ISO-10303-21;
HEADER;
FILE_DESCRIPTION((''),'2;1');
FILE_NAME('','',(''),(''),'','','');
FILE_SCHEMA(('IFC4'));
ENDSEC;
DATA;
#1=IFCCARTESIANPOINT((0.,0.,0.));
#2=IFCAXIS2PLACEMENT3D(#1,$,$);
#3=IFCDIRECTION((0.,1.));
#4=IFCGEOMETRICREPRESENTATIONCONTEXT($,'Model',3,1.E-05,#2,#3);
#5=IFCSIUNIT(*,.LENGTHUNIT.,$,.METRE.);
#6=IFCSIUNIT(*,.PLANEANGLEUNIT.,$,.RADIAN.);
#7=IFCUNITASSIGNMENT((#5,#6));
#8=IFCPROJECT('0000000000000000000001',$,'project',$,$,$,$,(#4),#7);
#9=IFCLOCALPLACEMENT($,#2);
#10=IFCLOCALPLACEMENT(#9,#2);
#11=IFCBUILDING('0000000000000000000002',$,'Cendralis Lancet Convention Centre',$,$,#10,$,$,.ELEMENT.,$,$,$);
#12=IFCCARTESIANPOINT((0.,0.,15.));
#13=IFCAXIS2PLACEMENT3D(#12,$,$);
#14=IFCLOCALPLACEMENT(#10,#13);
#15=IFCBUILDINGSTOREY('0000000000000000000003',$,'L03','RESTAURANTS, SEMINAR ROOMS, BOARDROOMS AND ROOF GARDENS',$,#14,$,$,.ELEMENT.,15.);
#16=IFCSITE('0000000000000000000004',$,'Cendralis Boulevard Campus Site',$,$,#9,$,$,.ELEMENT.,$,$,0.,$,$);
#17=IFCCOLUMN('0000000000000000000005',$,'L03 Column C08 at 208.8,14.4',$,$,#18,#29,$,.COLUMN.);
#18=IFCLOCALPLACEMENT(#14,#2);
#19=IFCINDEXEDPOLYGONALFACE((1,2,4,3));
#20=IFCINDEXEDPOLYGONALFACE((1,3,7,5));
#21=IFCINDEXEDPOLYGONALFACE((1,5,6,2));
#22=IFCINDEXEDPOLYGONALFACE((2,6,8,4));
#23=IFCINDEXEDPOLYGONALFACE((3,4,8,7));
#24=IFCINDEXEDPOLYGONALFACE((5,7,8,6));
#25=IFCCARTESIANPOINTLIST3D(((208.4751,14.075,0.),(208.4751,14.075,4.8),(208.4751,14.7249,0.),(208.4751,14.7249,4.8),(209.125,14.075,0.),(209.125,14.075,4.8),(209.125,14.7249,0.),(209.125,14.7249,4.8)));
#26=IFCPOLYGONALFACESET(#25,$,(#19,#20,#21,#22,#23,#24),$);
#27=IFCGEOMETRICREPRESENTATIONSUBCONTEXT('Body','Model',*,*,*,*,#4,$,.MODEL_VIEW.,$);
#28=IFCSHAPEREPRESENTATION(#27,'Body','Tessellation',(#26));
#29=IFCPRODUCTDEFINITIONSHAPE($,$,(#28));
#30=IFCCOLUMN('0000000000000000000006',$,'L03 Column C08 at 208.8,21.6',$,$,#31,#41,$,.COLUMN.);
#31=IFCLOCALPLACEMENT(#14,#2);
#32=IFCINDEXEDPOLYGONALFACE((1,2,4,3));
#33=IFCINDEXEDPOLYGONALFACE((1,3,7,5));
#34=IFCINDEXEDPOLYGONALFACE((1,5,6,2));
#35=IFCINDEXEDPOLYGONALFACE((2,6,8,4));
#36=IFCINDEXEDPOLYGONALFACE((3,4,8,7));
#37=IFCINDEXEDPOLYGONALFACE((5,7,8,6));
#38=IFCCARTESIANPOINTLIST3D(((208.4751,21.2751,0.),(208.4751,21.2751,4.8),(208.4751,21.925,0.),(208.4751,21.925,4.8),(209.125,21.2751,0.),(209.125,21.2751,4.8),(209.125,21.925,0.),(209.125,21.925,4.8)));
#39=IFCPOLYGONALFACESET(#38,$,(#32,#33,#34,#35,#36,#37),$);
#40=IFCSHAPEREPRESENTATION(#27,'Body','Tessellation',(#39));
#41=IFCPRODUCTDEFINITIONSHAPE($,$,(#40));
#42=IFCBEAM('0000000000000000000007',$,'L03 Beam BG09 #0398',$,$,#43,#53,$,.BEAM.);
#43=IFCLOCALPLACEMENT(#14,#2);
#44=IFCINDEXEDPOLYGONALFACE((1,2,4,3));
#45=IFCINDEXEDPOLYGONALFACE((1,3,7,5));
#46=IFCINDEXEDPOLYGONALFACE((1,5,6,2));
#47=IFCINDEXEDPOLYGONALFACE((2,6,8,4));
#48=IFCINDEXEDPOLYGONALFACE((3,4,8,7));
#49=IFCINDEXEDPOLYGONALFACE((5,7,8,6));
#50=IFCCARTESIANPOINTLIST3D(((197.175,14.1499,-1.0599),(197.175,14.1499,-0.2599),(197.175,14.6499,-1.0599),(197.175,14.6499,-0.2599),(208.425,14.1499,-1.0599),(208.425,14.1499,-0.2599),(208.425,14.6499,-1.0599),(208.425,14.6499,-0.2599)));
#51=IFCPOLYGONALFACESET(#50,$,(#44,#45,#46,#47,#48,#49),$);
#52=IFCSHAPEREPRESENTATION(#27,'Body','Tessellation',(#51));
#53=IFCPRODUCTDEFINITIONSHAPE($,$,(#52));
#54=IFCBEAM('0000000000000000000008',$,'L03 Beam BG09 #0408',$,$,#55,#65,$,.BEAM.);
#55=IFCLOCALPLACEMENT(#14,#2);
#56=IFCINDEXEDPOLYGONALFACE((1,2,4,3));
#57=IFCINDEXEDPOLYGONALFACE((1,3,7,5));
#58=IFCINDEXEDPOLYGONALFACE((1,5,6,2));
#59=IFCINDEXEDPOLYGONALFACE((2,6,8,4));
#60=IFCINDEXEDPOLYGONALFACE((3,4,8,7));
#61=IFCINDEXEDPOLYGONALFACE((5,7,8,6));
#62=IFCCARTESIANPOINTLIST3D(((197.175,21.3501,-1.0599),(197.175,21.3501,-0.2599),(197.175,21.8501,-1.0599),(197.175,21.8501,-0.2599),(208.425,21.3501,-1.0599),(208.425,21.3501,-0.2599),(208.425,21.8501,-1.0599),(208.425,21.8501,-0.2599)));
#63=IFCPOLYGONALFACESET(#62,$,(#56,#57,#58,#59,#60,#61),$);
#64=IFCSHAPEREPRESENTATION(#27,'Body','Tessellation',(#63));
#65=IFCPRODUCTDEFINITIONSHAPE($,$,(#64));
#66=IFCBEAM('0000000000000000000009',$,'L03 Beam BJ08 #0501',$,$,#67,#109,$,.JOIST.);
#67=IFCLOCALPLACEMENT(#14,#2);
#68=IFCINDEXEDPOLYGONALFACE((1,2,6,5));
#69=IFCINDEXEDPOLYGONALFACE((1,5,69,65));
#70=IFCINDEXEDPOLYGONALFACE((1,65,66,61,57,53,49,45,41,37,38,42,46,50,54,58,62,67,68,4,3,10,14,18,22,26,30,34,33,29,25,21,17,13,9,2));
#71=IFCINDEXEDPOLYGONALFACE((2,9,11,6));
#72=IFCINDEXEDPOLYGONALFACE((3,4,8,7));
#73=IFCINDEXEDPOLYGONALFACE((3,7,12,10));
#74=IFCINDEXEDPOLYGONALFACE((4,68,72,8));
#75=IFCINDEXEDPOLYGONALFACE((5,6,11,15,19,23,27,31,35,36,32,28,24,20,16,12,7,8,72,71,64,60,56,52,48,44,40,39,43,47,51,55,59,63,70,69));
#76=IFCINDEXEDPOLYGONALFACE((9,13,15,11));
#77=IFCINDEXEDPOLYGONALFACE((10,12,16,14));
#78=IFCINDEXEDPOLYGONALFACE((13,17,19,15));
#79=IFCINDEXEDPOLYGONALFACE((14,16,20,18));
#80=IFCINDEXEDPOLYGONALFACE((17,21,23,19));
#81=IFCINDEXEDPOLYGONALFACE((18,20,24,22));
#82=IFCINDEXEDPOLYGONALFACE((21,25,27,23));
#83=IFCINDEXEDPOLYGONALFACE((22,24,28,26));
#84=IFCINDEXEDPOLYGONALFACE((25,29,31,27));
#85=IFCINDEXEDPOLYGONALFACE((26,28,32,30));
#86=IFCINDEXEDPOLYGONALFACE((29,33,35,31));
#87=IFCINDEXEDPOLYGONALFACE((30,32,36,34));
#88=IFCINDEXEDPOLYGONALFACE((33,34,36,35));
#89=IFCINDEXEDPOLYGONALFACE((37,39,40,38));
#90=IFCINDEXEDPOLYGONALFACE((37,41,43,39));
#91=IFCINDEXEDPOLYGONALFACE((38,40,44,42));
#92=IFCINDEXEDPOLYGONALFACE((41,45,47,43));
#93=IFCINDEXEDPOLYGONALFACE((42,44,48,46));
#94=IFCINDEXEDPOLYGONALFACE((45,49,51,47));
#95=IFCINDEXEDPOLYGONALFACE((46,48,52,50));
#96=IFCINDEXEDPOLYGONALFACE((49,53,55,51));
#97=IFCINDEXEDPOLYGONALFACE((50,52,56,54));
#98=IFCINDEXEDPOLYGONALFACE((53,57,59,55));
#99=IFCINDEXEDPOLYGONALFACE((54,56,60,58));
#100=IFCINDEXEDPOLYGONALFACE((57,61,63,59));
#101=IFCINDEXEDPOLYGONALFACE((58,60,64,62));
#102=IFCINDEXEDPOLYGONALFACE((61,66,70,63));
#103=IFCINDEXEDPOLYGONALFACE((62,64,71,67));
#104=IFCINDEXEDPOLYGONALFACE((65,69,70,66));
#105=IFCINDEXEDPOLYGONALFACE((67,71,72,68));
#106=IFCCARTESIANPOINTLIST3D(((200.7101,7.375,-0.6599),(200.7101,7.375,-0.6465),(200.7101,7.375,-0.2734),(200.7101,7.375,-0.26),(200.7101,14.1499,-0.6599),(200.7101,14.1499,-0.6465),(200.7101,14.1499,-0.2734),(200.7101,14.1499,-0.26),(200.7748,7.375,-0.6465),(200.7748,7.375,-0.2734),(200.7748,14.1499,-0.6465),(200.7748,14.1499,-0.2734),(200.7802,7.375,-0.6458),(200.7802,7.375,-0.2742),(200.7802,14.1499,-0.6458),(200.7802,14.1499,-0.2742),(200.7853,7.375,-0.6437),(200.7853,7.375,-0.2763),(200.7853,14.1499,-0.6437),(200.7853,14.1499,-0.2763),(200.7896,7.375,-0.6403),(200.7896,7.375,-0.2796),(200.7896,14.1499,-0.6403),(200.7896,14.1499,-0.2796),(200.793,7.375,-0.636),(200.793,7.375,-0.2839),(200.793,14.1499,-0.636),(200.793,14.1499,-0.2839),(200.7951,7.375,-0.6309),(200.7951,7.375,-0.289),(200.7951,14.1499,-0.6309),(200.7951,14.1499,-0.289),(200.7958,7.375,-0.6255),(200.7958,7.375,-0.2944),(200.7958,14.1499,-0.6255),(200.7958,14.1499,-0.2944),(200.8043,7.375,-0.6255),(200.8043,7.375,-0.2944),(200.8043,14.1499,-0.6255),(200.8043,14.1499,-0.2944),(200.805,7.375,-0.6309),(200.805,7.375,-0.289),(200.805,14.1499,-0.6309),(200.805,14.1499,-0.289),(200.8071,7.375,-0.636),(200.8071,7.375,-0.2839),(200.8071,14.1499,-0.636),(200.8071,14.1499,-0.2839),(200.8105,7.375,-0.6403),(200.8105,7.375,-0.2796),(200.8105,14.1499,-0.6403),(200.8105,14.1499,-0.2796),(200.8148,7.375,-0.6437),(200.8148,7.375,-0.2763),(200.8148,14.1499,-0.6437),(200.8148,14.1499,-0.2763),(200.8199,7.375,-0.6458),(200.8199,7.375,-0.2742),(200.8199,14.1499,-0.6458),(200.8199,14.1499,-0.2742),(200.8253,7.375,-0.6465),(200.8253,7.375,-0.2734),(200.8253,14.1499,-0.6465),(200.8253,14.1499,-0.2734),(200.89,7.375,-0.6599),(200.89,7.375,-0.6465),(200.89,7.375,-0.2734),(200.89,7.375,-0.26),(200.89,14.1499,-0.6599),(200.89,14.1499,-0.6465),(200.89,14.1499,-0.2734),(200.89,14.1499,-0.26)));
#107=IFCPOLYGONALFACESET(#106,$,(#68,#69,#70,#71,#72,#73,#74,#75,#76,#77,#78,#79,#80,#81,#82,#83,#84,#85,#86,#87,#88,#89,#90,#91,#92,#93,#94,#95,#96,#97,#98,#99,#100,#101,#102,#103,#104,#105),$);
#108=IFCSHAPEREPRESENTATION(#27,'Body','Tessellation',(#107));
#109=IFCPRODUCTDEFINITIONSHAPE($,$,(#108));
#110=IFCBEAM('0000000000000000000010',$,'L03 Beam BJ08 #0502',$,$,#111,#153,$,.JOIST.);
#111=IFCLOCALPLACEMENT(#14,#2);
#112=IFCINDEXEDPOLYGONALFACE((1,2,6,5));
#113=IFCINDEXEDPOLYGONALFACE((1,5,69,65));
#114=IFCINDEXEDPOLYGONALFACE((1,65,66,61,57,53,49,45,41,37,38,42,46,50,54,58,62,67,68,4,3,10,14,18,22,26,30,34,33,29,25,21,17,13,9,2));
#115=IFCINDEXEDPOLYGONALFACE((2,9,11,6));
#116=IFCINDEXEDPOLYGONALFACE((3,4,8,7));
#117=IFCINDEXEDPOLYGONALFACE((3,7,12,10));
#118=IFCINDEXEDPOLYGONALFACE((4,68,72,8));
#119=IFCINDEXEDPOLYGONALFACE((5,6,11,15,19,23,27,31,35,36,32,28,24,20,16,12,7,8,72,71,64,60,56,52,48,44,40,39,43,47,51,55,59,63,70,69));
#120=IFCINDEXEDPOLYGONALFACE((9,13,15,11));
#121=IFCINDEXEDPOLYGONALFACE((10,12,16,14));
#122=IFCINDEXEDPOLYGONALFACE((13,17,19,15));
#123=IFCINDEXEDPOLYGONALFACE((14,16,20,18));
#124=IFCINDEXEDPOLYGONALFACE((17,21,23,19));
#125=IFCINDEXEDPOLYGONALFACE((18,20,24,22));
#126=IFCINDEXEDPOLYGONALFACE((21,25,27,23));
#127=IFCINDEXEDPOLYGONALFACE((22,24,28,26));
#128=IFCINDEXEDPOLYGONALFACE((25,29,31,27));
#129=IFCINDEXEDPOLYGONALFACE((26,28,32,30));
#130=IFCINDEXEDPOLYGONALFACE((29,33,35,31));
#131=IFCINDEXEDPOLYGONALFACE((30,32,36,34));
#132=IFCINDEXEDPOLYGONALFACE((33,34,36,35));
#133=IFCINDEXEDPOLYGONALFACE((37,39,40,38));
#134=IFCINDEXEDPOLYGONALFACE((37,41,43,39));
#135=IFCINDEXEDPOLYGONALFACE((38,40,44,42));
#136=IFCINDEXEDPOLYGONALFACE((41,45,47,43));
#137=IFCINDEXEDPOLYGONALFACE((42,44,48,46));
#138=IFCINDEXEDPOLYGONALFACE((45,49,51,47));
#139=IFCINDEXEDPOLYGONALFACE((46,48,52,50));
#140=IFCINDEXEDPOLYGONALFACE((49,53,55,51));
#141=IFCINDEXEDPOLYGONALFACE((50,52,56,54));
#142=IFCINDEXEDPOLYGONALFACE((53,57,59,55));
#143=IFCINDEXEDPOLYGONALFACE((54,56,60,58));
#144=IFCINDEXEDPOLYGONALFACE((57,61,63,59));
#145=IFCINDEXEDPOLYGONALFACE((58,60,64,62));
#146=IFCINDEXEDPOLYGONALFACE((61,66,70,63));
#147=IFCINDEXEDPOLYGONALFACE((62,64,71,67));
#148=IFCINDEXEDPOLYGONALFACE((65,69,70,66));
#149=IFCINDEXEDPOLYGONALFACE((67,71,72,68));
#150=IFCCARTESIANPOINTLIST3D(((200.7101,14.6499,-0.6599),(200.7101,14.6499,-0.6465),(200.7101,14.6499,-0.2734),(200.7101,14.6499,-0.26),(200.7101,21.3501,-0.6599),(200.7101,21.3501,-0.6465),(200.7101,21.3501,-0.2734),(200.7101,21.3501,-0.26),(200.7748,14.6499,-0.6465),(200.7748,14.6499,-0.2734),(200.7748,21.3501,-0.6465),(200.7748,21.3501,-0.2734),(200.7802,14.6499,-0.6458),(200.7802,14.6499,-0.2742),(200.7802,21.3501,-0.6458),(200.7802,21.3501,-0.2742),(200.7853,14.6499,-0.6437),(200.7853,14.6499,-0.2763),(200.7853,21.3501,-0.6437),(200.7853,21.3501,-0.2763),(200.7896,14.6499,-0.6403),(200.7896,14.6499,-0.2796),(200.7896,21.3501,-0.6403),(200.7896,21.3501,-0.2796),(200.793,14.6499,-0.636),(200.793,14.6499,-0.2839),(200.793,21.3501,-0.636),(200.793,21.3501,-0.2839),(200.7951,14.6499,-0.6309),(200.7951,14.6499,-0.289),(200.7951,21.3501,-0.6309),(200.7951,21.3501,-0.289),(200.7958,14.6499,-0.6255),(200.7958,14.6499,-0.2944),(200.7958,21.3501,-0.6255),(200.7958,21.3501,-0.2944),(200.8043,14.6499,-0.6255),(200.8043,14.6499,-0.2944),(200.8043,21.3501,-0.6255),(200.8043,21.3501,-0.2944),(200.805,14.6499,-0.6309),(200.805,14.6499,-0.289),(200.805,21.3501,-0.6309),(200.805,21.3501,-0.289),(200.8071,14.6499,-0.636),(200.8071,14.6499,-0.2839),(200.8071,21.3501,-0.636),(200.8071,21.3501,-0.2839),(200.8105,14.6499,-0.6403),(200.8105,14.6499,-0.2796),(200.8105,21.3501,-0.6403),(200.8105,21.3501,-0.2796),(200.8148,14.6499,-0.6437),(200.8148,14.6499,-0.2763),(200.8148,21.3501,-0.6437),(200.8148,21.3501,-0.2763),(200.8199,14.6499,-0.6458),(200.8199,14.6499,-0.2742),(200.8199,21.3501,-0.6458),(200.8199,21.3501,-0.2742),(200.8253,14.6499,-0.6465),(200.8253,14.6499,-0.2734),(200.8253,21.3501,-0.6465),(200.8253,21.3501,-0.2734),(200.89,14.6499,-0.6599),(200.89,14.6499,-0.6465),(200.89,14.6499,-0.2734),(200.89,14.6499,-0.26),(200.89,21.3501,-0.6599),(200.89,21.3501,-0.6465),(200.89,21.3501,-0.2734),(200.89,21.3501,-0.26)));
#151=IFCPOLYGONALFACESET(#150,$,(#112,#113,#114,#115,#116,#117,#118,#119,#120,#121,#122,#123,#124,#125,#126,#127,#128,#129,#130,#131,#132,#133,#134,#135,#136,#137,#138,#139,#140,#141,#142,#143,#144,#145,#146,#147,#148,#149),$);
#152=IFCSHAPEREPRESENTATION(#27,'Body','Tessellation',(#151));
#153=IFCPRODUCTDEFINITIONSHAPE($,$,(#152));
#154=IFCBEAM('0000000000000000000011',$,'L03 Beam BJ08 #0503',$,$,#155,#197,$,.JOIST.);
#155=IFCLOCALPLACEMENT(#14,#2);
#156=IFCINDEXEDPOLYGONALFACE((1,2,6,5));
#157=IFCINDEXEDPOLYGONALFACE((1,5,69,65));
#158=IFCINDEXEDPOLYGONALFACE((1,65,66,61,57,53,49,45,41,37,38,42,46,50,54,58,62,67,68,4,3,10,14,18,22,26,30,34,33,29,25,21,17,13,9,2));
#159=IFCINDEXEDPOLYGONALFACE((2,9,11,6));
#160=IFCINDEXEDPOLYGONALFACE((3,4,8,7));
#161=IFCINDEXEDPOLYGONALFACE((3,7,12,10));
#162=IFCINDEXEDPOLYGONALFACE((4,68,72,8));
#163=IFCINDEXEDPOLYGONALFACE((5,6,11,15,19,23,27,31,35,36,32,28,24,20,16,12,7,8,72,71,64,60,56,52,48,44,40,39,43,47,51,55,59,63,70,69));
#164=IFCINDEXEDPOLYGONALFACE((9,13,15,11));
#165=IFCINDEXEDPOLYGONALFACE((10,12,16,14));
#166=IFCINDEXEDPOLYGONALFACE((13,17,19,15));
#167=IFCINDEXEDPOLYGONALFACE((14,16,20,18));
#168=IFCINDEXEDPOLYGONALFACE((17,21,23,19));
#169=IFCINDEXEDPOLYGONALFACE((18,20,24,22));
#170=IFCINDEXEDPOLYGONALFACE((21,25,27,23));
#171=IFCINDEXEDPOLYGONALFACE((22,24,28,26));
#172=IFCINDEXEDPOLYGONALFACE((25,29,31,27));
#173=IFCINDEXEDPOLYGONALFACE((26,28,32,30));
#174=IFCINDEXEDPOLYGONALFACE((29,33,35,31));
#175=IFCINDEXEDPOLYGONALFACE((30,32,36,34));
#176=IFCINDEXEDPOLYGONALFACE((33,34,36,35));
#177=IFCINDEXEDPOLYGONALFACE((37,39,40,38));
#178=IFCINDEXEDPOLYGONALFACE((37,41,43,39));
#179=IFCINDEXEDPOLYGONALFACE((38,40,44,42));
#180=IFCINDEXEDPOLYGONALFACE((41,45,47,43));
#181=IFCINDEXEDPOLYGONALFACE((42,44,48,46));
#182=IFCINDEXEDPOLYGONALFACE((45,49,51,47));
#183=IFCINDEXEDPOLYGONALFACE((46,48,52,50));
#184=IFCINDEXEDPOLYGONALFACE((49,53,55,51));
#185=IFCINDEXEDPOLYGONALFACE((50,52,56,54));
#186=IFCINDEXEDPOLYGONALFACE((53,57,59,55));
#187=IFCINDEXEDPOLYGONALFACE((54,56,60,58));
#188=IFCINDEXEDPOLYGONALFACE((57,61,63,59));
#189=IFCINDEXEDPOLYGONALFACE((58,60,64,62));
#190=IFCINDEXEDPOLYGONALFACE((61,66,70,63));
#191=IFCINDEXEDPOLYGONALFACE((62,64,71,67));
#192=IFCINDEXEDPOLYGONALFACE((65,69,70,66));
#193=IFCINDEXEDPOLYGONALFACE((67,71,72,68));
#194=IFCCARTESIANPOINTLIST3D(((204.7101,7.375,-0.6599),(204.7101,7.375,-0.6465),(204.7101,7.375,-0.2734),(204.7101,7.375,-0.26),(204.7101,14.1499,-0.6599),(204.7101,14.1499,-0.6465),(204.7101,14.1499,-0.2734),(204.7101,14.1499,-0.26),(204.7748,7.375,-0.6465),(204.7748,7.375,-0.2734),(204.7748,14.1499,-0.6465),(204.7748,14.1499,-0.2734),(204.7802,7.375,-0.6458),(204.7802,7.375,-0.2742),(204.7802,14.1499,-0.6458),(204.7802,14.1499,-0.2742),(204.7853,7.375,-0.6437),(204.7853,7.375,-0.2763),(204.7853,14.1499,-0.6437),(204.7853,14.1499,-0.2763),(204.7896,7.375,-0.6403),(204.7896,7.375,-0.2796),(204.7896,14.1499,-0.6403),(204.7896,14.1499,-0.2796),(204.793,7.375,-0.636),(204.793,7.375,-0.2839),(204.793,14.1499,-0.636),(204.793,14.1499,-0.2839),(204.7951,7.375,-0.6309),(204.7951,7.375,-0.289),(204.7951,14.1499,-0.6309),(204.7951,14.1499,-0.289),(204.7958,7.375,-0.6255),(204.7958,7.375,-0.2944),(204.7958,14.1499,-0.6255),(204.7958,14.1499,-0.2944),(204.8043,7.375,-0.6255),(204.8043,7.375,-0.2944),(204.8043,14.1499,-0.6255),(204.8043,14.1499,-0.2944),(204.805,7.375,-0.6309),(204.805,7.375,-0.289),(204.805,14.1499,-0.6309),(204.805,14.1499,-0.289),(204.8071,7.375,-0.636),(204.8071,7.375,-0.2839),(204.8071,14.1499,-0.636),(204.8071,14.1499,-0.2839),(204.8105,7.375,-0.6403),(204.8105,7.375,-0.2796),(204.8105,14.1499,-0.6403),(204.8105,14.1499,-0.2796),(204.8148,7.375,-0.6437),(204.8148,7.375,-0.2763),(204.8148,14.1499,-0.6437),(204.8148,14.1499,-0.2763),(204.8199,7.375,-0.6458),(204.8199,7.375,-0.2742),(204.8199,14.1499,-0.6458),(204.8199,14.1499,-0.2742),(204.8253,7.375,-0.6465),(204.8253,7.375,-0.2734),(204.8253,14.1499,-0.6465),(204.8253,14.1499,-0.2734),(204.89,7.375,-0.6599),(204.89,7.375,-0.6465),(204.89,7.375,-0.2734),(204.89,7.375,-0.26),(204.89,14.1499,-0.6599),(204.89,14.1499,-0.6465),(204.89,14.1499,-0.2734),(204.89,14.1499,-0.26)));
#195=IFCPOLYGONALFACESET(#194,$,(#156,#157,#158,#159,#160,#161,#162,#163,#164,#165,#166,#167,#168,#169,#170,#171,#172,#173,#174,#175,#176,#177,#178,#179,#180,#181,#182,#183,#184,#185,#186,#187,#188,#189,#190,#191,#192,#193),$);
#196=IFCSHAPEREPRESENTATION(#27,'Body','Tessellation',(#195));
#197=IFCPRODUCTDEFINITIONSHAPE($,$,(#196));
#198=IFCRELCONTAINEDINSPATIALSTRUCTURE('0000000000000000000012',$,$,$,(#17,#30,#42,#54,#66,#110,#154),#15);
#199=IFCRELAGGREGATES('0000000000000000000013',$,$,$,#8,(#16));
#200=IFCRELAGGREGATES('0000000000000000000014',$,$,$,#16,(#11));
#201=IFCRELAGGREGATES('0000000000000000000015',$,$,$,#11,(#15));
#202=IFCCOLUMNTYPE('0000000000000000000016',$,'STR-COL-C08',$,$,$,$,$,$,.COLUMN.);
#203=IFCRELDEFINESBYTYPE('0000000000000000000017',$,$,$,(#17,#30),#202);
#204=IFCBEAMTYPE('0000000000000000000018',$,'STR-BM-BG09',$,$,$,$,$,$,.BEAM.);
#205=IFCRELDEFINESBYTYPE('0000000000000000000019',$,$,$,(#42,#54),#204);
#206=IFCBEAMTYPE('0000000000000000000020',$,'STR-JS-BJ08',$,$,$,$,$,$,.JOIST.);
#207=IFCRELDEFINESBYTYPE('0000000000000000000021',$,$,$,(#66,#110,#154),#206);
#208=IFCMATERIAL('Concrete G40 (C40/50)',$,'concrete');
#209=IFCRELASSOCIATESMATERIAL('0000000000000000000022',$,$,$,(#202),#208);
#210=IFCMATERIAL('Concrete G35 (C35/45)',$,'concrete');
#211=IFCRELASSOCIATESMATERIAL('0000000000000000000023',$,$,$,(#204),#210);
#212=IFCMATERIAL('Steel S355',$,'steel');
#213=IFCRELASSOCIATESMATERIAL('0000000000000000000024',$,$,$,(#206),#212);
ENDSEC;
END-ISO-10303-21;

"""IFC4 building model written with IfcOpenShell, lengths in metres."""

from ifc_helpers import new_model, si_unit, direction, frame, origin, origin_2d, place, context, subcontext, project, spatial, rectangle, i_section, extrude, material, material_profile, profile_set, type_object, element, save


model = new_model("IFC4")

# Units and contexts
model_context = context("Model", 3, precision=1e-05, world=origin(), true_north=direction((0.0, 1.0)))
body_context = subcontext(model_context, "Body", "Model", "MODEL_VIEW")
ifc_project = project(units=[si_unit("LENGTHUNIT", "METRE"), si_unit("PLANEANGLEUNIT", "RADIAN")], contexts=[model_context])

# Site, building, storey
site_placement = place(None, origin())
site = spatial("IfcSite", under=ifc_project, at=site_placement, Name="Cendralis Boulevard Campus Site", CompositionType="ELEMENT", RefElevation=0.0)
building_placement = place(site_placement, origin())
building = spatial("IfcBuilding", under=site, at=building_placement, Name="Cendralis Lancet Convention Centre", CompositionType="ELEMENT")
storey_placement = place(building_placement, frame((0.0, 0.0, 15.0)))
storey = spatial("IfcBuildingStorey", under=building, at=storey_placement, Name="L03", Description="RESTAURANTS, SEMINAR ROOMS, BOARDROOMS AND ROOF GARDENS", CompositionType="ELEMENT", Elevation=15.0)

# Columns
ifc_material_1 = material(Name="Concrete G40 (C40/50)", Category="concrete")
ifc_material_profile_1 = material_profile(ifc_material_1, rectangle(XDim=0.6499, YDim=0.6499, at=origin_2d()), Name="RC 650x650")
ifc_profile_set_1 = profile_set([ifc_material_profile_1], Name="Concrete G40 (C40/50)")
column_type = type_object("IfcColumnType", Name="STR-COL-C08", PredefinedType="COLUMN", material=ifc_profile_set_1)
for number, where, z_axis, x_axis, name in (
    (1, (208.8, 14.3999, 0.0), (0.0, 0.0, 1.0), (1.0, 0.0, 0.0), "L03 Column C08 at 208.8,14.4"),
    (2, (208.8, 21.6001, 0.0), (0.0, 0.0, 1.0), (1.0, 0.0, 0.0), "L03 Column C08 at 208.8,21.6"),
):
    element("IfcColumn", number, at=place(storey_placement, frame(where, z_axis=z_axis, x_axis=x_axis)), inside=storey, type_object=column_type, Name=name, PredefinedType="COLUMN", context=body_context, shape_type="SweptSolid", body=[
        extrude(rectangle(XDim=0.6499, YDim=0.6499, at=origin_2d()), origin(), (0.0, 0.0, 1.0), 4.8),
    ])

# Beams
ifc_material_2 = material(Name="Concrete G35 (C35/45)", Category="concrete")
ifc_material_profile_2 = material_profile(ifc_material_2, rectangle(XDim=0.5, YDim=0.8, at=origin_2d()), Name="RCB 500x800")
ifc_profile_set_2 = profile_set([ifc_material_profile_2], Name="Concrete G35 (C35/45)")
beam_type_1 = type_object("IfcBeamType", Name="STR-BM-BG09", PredefinedType="BEAM", material=ifc_profile_set_2)
for number, where, z_axis, x_axis, name in (
    (3, (197.175, 14.3999, -0.6599), (1.0, 0.0, 0.0), (0.0, 1.0, 0.0), "L03 Beam BG09 #0398"),
    (4, (197.175, 21.6001, -0.6599), (1.0, 0.0, 0.0), (0.0, 1.0, 0.0), "L03 Beam BG09 #0408"),
):
    element("IfcBeam", number, at=place(storey_placement, frame(where, z_axis=z_axis, x_axis=x_axis)), inside=storey, type_object=beam_type_1, Name=name, PredefinedType="BEAM", context=body_context, shape_type="SweptSolid", body=[
        extrude(rectangle(XDim=0.5, YDim=0.8, at=origin_2d()), origin(), (0.0, 0.0, 1.0), 11.25),
    ])
ifc_material_3 = material(Name="Steel S355", Category="steel")
ifc_material_profile_3 = material_profile(ifc_material_3, i_section(OverallWidth=0.1799, OverallDepth=0.3999, WebThickness=0.0085, FlangeThickness=0.0134, FilletRadius=0.021, at=origin_2d()), Name="IPE 400")
ifc_profile_set_3 = profile_set([ifc_material_profile_3], Name="Steel S355")
beam_type_2 = type_object("IfcBeamType", Name="STR-JS-BJ08", PredefinedType="JOIST", material=ifc_profile_set_3)
beam_1_placement = place(storey_placement, frame((200.8, 7.375, -0.46), z_axis=(0.0, 1.0, 0.0), x_axis=(-1.0, 0.0, 0.0)))
element("IfcBeam", 5, at=beam_1_placement, inside=storey, type_object=beam_type_2, Name="L03 Beam BJ08 #0501", PredefinedType="JOIST", context=body_context, shape_type="SweptSolid", body=[
    extrude(i_section(OverallWidth=0.1799, OverallDepth=0.3999, WebThickness=0.0085, FlangeThickness=0.0134, FilletRadius=0.021, at=origin_2d()), origin(), (0.0, 0.0, 1.0), 6.7749),
])
beam_2_placement = place(storey_placement, frame((200.8, 14.6499, -0.46), z_axis=(0.0, 1.0, 0.0), x_axis=(-1.0, 0.0, 0.0)))
element("IfcBeam", 6, at=beam_2_placement, inside=storey, type_object=beam_type_2, Name="L03 Beam BJ08 #0502", PredefinedType="JOIST", context=body_context, shape_type="SweptSolid", body=[
    extrude(i_section(OverallWidth=0.1799, OverallDepth=0.3999, WebThickness=0.0085, FlangeThickness=0.0134, FilletRadius=0.021, at=origin_2d()), origin(), (0.0, 0.0, 1.0), 6.7002),
])
beam_3_placement = place(storey_placement, frame((204.8, 7.375, -0.46), z_axis=(0.0, 1.0, 0.0), x_axis=(-1.0, 0.0, 0.0)))
element("IfcBeam", 7, at=beam_3_placement, inside=storey, type_object=beam_type_2, Name="L03 Beam BJ08 #0503", PredefinedType="JOIST", context=body_context, shape_type="SweptSolid", body=[
    extrude(i_section(OverallWidth=0.1799, OverallDepth=0.3999, WebThickness=0.0085, FlangeThickness=0.0134, FilletRadius=0.021, at=origin_2d()), origin(), (0.0, 0.0, 1.0), 6.7749),
])

save(model, "model.ifc")
